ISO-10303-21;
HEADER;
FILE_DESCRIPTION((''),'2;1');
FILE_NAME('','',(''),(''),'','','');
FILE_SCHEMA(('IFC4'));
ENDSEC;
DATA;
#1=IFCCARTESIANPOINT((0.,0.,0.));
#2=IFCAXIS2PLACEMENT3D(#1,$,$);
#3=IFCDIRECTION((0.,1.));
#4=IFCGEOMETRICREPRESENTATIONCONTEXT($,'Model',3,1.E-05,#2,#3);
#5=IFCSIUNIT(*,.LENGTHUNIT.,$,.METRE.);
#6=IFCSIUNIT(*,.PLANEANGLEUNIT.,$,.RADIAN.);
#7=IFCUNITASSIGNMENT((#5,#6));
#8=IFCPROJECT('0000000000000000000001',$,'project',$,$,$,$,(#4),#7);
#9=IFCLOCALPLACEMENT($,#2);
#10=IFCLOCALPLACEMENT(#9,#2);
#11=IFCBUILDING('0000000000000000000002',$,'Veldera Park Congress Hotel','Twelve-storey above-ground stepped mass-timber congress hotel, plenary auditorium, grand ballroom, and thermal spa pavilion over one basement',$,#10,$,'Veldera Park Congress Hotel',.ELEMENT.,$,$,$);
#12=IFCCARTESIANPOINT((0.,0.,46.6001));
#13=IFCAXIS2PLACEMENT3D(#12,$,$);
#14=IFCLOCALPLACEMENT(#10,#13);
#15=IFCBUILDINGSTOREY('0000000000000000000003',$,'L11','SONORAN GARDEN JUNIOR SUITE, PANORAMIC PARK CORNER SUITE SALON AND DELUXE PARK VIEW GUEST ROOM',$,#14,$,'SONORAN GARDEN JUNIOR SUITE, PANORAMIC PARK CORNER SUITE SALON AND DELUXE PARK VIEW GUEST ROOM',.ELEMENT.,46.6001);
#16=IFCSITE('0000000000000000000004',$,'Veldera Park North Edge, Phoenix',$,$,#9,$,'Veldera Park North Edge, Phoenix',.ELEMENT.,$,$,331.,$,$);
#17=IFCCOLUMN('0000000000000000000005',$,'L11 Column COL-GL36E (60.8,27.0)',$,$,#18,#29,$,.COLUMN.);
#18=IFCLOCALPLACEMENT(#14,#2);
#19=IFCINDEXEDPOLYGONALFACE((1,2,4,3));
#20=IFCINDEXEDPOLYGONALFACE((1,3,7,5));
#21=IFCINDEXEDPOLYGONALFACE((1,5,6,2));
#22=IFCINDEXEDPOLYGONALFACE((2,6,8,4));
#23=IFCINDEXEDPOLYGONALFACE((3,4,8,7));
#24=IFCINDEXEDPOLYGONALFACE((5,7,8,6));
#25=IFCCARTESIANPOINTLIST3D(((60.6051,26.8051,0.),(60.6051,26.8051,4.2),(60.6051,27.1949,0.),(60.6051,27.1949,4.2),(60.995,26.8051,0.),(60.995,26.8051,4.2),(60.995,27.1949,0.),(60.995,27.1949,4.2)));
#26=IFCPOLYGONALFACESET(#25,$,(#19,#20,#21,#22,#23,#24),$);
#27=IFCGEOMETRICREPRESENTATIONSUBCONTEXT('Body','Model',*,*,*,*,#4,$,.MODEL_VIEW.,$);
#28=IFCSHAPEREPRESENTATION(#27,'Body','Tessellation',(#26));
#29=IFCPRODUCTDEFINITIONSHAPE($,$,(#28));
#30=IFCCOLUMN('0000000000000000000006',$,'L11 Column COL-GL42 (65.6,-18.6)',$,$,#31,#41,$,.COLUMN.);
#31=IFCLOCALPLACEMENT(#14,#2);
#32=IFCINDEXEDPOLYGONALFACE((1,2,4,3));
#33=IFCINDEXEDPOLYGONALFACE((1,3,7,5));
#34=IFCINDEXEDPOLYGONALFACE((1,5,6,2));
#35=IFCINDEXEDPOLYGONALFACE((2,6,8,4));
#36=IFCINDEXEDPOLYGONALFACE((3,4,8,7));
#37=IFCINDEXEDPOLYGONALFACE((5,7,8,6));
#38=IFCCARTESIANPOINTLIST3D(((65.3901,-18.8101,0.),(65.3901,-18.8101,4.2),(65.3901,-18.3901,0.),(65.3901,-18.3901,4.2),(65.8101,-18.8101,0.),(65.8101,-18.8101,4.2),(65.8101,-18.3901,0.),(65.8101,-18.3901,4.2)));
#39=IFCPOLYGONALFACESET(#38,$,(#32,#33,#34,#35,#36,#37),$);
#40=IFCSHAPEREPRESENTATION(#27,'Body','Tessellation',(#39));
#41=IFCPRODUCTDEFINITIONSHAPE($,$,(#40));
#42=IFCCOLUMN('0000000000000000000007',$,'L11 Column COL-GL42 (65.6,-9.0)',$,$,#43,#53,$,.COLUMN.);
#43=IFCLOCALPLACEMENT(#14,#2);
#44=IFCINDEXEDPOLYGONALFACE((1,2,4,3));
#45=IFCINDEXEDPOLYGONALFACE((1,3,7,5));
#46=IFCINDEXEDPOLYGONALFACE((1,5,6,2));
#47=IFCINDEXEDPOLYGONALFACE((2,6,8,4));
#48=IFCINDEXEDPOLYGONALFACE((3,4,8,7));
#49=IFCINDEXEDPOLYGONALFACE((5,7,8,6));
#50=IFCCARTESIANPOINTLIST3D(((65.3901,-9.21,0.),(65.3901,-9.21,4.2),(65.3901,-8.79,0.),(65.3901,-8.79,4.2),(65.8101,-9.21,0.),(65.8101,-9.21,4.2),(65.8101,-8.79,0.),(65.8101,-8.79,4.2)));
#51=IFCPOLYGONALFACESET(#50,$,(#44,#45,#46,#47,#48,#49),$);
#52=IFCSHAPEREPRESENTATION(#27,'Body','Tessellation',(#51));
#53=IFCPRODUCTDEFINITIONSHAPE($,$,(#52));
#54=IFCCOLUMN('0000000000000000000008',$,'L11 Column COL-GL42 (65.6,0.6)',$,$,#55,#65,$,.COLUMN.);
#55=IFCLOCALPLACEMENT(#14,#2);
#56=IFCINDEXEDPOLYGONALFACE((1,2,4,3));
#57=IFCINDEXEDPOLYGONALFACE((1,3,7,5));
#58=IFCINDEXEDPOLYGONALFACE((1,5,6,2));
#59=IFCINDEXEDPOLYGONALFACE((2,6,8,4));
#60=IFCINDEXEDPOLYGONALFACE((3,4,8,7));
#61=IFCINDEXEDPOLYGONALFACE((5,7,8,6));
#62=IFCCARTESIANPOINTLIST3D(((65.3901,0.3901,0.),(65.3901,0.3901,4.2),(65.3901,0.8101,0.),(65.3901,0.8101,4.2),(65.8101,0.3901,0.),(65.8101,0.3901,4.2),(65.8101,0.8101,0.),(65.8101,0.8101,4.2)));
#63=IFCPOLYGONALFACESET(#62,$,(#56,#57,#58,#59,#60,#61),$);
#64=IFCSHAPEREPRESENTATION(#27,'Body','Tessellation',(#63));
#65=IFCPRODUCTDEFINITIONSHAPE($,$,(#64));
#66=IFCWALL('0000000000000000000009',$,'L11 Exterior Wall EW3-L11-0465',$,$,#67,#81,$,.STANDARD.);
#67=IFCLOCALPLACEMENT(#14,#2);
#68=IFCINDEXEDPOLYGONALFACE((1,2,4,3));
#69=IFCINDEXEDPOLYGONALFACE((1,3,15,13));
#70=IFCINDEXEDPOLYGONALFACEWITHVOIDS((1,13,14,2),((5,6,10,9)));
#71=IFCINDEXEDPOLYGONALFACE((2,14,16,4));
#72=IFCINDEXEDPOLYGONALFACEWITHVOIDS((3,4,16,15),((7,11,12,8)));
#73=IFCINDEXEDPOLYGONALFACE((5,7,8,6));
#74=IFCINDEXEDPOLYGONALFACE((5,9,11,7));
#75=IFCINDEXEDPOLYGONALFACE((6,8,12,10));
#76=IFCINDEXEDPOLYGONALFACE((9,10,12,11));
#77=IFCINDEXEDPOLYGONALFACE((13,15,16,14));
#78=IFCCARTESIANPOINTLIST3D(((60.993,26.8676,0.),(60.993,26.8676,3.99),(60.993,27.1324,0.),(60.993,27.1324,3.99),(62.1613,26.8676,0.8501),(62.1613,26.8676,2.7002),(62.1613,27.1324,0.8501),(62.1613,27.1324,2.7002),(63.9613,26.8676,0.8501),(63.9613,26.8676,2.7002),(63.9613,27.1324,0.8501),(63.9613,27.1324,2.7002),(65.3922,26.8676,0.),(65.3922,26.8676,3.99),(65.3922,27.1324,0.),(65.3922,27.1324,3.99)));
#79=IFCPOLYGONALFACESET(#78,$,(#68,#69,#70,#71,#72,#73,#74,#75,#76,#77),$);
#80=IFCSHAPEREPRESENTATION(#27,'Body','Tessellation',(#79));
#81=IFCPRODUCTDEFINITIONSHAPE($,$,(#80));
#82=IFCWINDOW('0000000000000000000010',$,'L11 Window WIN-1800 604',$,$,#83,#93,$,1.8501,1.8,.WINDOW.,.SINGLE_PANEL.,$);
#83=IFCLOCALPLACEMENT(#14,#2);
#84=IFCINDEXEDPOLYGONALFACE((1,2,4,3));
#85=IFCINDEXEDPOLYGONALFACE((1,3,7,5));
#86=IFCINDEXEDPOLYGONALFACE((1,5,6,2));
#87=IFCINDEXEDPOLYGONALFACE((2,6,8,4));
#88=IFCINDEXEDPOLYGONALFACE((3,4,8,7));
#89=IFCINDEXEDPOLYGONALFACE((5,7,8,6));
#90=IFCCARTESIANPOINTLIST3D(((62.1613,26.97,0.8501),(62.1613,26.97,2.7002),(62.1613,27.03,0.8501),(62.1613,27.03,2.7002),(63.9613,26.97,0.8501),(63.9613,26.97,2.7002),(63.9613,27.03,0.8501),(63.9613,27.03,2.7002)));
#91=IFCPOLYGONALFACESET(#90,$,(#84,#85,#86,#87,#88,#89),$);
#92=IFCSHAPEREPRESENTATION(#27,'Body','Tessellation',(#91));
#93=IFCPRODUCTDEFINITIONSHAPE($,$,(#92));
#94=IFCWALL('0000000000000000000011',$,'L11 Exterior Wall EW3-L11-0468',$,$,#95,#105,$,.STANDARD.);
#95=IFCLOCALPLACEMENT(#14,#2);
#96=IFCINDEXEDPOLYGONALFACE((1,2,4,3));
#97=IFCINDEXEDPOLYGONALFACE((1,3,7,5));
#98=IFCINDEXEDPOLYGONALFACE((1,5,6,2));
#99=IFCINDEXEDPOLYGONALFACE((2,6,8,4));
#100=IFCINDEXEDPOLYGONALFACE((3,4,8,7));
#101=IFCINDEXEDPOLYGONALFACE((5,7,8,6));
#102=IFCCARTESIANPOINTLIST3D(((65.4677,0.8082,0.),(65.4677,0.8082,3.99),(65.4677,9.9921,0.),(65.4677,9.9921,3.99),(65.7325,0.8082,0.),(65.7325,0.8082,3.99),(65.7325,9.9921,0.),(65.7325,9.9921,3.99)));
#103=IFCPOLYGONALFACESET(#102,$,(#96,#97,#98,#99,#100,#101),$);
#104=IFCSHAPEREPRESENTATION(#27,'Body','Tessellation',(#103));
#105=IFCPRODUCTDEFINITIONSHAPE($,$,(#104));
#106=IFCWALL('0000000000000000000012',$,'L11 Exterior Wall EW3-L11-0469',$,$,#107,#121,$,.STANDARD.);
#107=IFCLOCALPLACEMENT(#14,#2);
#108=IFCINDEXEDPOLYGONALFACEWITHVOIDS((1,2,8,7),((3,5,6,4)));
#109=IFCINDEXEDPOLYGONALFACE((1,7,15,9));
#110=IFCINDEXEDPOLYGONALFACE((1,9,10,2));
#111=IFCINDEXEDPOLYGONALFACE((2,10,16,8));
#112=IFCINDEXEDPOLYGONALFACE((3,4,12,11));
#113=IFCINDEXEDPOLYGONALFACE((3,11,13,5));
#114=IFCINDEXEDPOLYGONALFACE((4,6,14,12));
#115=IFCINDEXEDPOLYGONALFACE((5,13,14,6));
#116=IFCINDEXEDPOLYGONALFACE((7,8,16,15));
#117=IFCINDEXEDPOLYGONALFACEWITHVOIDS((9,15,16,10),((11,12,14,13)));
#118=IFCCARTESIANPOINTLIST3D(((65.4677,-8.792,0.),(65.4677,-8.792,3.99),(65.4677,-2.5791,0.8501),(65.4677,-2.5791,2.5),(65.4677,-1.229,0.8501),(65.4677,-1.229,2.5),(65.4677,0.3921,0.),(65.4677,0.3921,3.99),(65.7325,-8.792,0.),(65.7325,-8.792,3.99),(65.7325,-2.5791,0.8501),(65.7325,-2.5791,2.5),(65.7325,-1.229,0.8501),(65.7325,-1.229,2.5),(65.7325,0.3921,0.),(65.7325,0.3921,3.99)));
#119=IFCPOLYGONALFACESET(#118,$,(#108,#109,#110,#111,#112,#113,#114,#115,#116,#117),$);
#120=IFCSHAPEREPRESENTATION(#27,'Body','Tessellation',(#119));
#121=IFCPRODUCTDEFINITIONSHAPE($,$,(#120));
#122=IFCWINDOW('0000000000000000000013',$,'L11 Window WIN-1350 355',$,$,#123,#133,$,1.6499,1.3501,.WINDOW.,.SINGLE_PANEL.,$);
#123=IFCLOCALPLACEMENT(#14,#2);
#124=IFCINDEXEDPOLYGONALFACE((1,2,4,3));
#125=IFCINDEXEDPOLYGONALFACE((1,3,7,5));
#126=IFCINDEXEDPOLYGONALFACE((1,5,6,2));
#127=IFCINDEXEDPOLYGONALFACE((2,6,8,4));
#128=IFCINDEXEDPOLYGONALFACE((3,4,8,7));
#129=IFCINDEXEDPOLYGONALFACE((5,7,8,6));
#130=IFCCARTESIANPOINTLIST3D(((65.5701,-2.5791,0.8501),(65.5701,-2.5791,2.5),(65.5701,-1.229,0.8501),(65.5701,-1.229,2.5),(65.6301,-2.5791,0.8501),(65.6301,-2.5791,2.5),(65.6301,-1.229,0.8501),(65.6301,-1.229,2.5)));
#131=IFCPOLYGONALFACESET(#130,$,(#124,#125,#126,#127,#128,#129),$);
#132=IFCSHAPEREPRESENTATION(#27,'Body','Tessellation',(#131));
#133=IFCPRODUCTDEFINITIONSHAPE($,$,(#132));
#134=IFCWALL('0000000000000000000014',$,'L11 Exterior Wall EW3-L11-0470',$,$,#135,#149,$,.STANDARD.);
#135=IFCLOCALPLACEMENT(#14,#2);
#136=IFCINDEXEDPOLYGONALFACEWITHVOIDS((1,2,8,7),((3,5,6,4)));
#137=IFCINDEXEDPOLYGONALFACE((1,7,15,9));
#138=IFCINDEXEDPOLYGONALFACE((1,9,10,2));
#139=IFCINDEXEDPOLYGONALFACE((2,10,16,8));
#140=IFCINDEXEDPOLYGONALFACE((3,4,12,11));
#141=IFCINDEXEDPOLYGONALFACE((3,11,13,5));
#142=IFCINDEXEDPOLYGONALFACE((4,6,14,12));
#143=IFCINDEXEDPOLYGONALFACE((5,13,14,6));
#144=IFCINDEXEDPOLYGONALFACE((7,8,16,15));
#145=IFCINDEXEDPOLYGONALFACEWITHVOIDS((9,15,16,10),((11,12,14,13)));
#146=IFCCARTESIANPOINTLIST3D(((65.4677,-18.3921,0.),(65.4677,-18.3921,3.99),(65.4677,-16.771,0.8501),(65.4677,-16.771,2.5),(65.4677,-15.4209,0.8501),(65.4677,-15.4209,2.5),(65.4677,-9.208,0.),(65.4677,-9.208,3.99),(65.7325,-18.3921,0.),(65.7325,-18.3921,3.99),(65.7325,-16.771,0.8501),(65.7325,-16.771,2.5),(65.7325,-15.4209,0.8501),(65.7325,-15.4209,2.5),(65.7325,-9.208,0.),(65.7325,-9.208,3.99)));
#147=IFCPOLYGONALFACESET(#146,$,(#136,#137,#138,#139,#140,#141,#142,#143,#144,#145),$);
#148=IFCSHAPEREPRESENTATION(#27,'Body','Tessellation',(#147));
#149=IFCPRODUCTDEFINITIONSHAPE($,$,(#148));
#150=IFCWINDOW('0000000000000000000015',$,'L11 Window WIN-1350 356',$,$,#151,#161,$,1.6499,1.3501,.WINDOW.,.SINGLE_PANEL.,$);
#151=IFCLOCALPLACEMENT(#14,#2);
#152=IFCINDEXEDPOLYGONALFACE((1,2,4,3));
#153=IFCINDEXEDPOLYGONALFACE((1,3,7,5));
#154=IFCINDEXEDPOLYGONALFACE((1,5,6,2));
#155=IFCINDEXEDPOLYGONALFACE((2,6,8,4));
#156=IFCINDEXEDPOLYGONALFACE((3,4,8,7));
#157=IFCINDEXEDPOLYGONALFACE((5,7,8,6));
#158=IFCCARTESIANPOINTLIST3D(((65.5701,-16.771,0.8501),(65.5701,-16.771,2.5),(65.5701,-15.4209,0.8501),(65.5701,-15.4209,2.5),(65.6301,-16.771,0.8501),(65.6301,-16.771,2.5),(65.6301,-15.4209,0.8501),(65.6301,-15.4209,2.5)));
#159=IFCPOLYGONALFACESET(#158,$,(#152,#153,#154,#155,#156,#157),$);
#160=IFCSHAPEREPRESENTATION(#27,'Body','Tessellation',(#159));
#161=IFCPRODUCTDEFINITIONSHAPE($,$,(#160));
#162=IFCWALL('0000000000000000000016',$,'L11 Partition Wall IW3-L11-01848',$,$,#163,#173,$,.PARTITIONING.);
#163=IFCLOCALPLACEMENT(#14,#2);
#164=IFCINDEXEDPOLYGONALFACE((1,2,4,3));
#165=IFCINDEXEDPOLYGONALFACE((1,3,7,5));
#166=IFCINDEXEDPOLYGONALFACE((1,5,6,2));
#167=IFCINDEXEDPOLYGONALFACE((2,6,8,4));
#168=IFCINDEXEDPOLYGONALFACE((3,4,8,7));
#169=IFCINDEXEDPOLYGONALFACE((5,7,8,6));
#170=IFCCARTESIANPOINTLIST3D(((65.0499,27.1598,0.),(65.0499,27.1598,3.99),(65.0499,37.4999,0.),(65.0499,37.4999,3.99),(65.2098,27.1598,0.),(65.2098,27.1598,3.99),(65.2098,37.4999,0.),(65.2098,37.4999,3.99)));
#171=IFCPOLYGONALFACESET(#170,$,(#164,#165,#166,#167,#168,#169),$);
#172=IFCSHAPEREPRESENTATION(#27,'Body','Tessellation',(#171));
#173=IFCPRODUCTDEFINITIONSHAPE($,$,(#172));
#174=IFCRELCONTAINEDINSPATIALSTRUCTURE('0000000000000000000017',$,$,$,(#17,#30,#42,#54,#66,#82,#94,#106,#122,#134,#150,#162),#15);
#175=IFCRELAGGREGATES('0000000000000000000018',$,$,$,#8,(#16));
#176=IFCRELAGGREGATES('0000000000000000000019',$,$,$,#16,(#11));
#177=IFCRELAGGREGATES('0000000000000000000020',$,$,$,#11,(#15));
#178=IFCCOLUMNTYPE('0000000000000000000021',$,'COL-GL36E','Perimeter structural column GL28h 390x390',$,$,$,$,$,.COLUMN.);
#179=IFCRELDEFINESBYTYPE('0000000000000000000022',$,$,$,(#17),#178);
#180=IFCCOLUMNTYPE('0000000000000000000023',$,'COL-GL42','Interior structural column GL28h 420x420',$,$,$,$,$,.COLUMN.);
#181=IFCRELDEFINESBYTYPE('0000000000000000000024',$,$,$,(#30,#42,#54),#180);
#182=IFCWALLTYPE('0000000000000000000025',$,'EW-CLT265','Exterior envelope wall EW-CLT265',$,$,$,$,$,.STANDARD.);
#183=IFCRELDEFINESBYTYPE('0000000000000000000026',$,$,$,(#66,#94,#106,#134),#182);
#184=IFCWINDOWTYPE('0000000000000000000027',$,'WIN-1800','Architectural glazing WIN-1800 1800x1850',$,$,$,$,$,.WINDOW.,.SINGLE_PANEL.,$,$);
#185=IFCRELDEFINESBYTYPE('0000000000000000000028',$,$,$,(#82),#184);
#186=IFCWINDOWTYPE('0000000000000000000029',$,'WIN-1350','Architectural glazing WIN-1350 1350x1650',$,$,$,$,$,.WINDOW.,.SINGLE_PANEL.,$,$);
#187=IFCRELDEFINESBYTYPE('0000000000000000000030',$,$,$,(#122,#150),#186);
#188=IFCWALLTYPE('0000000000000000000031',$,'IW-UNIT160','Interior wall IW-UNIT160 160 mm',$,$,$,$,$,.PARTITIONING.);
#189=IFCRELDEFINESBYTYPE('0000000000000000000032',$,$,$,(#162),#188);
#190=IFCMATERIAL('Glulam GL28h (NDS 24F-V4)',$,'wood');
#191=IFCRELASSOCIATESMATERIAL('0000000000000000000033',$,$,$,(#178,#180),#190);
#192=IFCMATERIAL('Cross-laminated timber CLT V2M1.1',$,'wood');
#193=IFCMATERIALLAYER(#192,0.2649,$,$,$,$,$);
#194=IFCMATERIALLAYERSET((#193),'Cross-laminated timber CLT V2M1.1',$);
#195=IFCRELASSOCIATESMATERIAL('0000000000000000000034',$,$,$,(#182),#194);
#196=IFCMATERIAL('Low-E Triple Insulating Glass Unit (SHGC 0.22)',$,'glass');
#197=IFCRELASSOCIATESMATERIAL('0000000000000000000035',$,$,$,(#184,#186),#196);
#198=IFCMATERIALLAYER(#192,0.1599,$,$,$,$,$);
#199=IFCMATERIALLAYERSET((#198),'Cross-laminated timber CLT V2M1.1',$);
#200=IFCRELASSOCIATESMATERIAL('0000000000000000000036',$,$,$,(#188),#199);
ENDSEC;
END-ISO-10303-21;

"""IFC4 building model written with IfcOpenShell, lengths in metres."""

from ifc_helpers import new_model, si_unit, direction, frame, frame_2d, origin, origin_2d, place, context, subcontext, project, spatial, rectangle, extrude, material, layer, layer_set, material_profile, profile_set, type_object, element, fill, save


model = new_model("IFC4")

# Units and contexts
model_context = context("Model", 3, precision=1e-05, world=origin(), true_north=direction((0.0, 1.0)))
body_context = subcontext(model_context, "Body", "Model", "MODEL_VIEW")
ifc_project = project(units=[si_unit("LENGTHUNIT", "METRE"), si_unit("PLANEANGLEUNIT", "RADIAN")], contexts=[model_context])

# Site, building, storey
site_placement = place(None, origin())
site = spatial("IfcSite", under=ifc_project, at=site_placement, Name="Veldera Park North Edge, Phoenix", LongName="Veldera Park North Edge, Phoenix", CompositionType="ELEMENT", RefElevation=331.0)
building_placement = place(site_placement, origin())
building = spatial("IfcBuilding", under=site, at=building_placement, Name="Veldera Park Congress Hotel", Description="Twelve-storey above-ground stepped mass-timber congress hotel, plenary auditorium, grand ballroom, and thermal spa pavilion over one basement", LongName="Veldera Park Congress Hotel", CompositionType="ELEMENT")
storey_placement = place(building_placement, frame((0.0, 0.0, 46.6001)))
storey = spatial("IfcBuildingStorey", under=building, at=storey_placement, Name="L11", Description="SONORAN GARDEN JUNIOR SUITE, PANORAMIC PARK CORNER SUITE SALON AND DELUXE PARK VIEW GUEST ROOM", LongName="SONORAN GARDEN JUNIOR SUITE, PANORAMIC PARK CORNER SUITE SALON AND DELUXE PARK VIEW GUEST ROOM", CompositionType="ELEMENT", Elevation=46.6001)

# Columns
ifc_material_1 = material(Name="Glulam GL28h (NDS 24F-V4)", Category="wood")
ifc_material_profile_1 = material_profile(ifc_material_1, rectangle(XDim=0.3899, YDim=0.3899, at=origin_2d()), Name="GL28h 390x390")
ifc_profile_set_1 = profile_set([ifc_material_profile_1], Name="Glulam GL28h (NDS 24F-V4)")
column_type_1 = type_object("IfcColumnType", Name="COL-GL36E", Description="Perimeter structural column GL28h 390x390", PredefinedType="COLUMN", material=ifc_profile_set_1)
column_placement = place(storey_placement, frame((60.8, 27.0, 0.0), z_axis=(0.0, 0.0, 1.0), x_axis=(1.0, 0.0, 0.0)))
element("IfcColumn", 1, at=column_placement, inside=storey, type_object=column_type_1, Name="L11 Column COL-GL36E (60.8,27.0)", PredefinedType="COLUMN", context=body_context, shape_type="SweptSolid", body=[
    extrude(rectangle(XDim=0.3899, YDim=0.3899, at=origin_2d()), origin(), (0.0, 0.0, 1.0), 4.2),
])
ifc_material_profile_2 = material_profile(ifc_material_1, rectangle(XDim=0.4199, YDim=0.4199, at=origin_2d()), Name="GL28h 420x420")
ifc_profile_set_2 = profile_set([ifc_material_profile_2], Name="Glulam GL28h (NDS 24F-V4)")
column_type_2 = type_object("IfcColumnType", Name="COL-GL42", Description="Interior structural column GL28h 420x420", PredefinedType="COLUMN", material=ifc_profile_set_2)
for number, where, z_axis, x_axis, name in (
    (2, (65.6001, -18.6001, 0.0), (0.0, 0.0, 1.0), (1.0, 0.0, 0.0), "L11 Column COL-GL42 (65.6,-18.6)"),
    (3, (65.6001, -9.0, 0.0), (0.0, 0.0, 1.0), (1.0, 0.0, 0.0), "L11 Column COL-GL42 (65.6,-9.0)"),
    (4, (65.6001, 0.6001, 0.0), (0.0, 0.0, 1.0), (1.0, 0.0, 0.0), "L11 Column COL-GL42 (65.6,0.6)"),
):
    element("IfcColumn", number, at=place(storey_placement, frame(where, z_axis=z_axis, x_axis=x_axis)), inside=storey, type_object=column_type_2, Name=name, PredefinedType="COLUMN", context=body_context, shape_type="SweptSolid", body=[
        extrude(rectangle(XDim=0.4199, YDim=0.4199, at=origin_2d()), origin(), (0.0, 0.0, 1.0), 4.2),
    ])

# Wall, opening, window
ifc_material_2 = material(Name="Cross-laminated timber CLT V2M1.1", Category="wood")
ifc_layer_1 = layer(ifc_material_2, 0.2649)
ifc_layer_set_1 = layer_set([ifc_layer_1], Name="Cross-laminated timber CLT V2M1.1")
wall_type_1 = type_object("IfcWallType", Name="EW-CLT265", Description="Exterior envelope wall EW-CLT265", PredefinedType="STANDARD", material=ifc_layer_set_1)
wall_1_placement = place(storey_placement, frame((60.9929, 27.0, 0.0), z_axis=(0.0, 0.0, 1.0), x_axis=(1.0, 0.0, 0.0)))
wall_1 = element("IfcWall", 5, at=wall_1_placement, inside=storey, type_object=wall_type_1, Name="L11 Exterior Wall EW3-L11-0465", PredefinedType="STANDARD", context=body_context, shape_type="SweptSolid", body=[
    extrude(rectangle(XDim=4.3992, YDim=0.2649, at=frame_2d((2.1997, 0.0))), origin(), (0.0, 0.0, 1.0), 3.99),
])
opening_1_placement = place(wall_1_placement, frame((1.1685, 0.0, 0.8501)))
opening_1 = element("IfcOpeningElement", 6, at=opening_1_placement, cuts=wall_1, PredefinedType="OPENING", context=body_context, shape_type="SweptSolid", body=[
    extrude(rectangle(XDim=1.8, YDim=1.8501, at=frame_2d((0.8999, 0.925))), frame((0.0, 0.1445, 0.0), z_axis=(0.0, -1.0, 0.0), x_axis=(1.0, 0.0, 0.0)), (0.0, 0.0, 1.0), 0.2888),
])
ifc_material_3 = material(Name="Low-E Triple Insulating Glass Unit (SHGC 0.22)", Category="glass")
window_type_1 = type_object("IfcWindowType", Name="WIN-1800", Description="Architectural glazing WIN-1800 1800x1850", PartitioningType="SINGLE_PANEL", PredefinedType="WINDOW", material=ifc_material_3)
window_1_placement = place(opening_1_placement, origin())
window_1 = element("IfcWindow", 7, at=window_1_placement, inside=storey, type_object=window_type_1, Name="L11 Window WIN-1800 604", OverallHeight=1.8501, OverallWidth=1.8, PartitioningType="SINGLE_PANEL", PredefinedType="WINDOW", context=body_context, shape_type="SweptSolid", body=[
    extrude(rectangle(XDim=1.8, YDim=1.8501, at=frame_2d((0.8999, 0.925))), frame((0.0, 0.03, 0.0), z_axis=(0.0, -1.0, 0.0), x_axis=(1.0, 0.0, 0.0)), (0.0, 0.0, 1.0), 0.0601),
])
fill(opening_1, window_1)

# Wall
wall_2_placement = place(storey_placement, frame((65.6001, 9.9919, 0.0), z_axis=(0.0, 0.0, 1.0), x_axis=(0.0, -1.0, 0.0)))
element("IfcWall", 8, at=wall_2_placement, inside=storey, type_object=wall_type_1, Name="L11 Exterior Wall EW3-L11-0468", PredefinedType="STANDARD", context=body_context, shape_type="SweptSolid", body=[
    extrude(rectangle(XDim=9.1838, YDim=0.2649, at=frame_2d((4.5918, 0.0))), origin(), (0.0, 0.0, 1.0), 3.99),
])

# Walls, openings, windows
wall_3_placement = place(storey_placement, frame((65.6001, 0.3921, 0.0), z_axis=(0.0, 0.0, 1.0), x_axis=(0.0, -1.0, 0.0)))
wall_3 = element("IfcWall", 9, at=wall_3_placement, inside=storey, type_object=wall_type_1, Name="L11 Exterior Wall EW3-L11-0469", PredefinedType="STANDARD", context=body_context, shape_type="SweptSolid", body=[
    extrude(rectangle(XDim=9.1841, YDim=0.2649, at=frame_2d((4.592, 0.0))), origin(), (0.0, 0.0, 1.0), 3.99),
])
opening_2_placement = place(wall_3_placement, frame((1.6211, 0.0, 0.8501)))
opening_2 = element("IfcOpeningElement", 10, at=opening_2_placement, cuts=wall_3, PredefinedType="OPENING", context=body_context, shape_type="SweptSolid", body=[
    extrude(rectangle(XDim=1.3501, YDim=1.6499, at=frame_2d((0.675, 0.825))), frame((0.0, 0.1445, 0.0), z_axis=(0.0, -1.0, 0.0), x_axis=(1.0, 0.0, 0.0)), (0.0, 0.0, 1.0), 0.2888),
])
window_type_2 = type_object("IfcWindowType", Name="WIN-1350", Description="Architectural glazing WIN-1350 1350x1650", PartitioningType="SINGLE_PANEL", PredefinedType="WINDOW", material=ifc_material_3)
window_2_placement = place(opening_2_placement, origin())
window_2 = element("IfcWindow", 11, at=window_2_placement, inside=storey, type_object=window_type_2, Name="L11 Window WIN-1350 355", OverallHeight=1.6499, OverallWidth=1.3501, PartitioningType="SINGLE_PANEL", PredefinedType="WINDOW", context=body_context, shape_type="SweptSolid", body=[
    extrude(rectangle(XDim=1.3501, YDim=1.6499, at=frame_2d((0.675, 0.825))), frame((0.0, 0.03, 0.0), z_axis=(0.0, -1.0, 0.0), x_axis=(1.0, 0.0, 0.0)), (0.0, 0.0, 1.0), 0.0601),
])
fill(opening_2, window_2)
wall_4_placement = place(storey_placement, frame((65.6001, -9.208, 0.0), z_axis=(0.0, 0.0, 1.0), x_axis=(0.0, -1.0, 0.0)))
wall_4 = element("IfcWall", 12, at=wall_4_placement, inside=storey, type_object=wall_type_1, Name="L11 Exterior Wall EW3-L11-0470", PredefinedType="STANDARD", context=body_context, shape_type="SweptSolid", body=[
    extrude(rectangle(XDim=9.1841, YDim=0.2649, at=frame_2d((4.592, 0.0))), origin(), (0.0, 0.0, 1.0), 3.99),
])
opening_3_placement = place(wall_4_placement, frame((6.2129, 0.0, 0.8501)))
opening_3 = element("IfcOpeningElement", 13, at=opening_3_placement, cuts=wall_4, PredefinedType="OPENING", context=body_context, shape_type="SweptSolid", body=[
    extrude(rectangle(XDim=1.3501, YDim=1.6499, at=frame_2d((0.675, 0.825))), frame((0.0, 0.1445, 0.0), z_axis=(0.0, -1.0, 0.0), x_axis=(1.0, 0.0, 0.0)), (0.0, 0.0, 1.0), 0.2888),
])
window_3_placement = place(opening_3_placement, origin())
window_3 = element("IfcWindow", 14, at=window_3_placement, inside=storey, type_object=window_type_2, Name="L11 Window WIN-1350 356", OverallHeight=1.6499, OverallWidth=1.3501, PartitioningType="SINGLE_PANEL", PredefinedType="WINDOW", context=body_context, shape_type="SweptSolid", body=[
    extrude(rectangle(XDim=1.3501, YDim=1.6499, at=frame_2d((0.675, 0.825))), frame((0.0, 0.03, 0.0), z_axis=(0.0, -1.0, 0.0), x_axis=(1.0, 0.0, 0.0)), (0.0, 0.0, 1.0), 0.0601),
])
fill(opening_3, window_3)

# Wall
ifc_layer_2 = layer(ifc_material_2, 0.1599)
ifc_layer_set_2 = layer_set([ifc_layer_2], Name="Cross-laminated timber CLT V2M1.1")
wall_type_2 = type_object("IfcWallType", Name="IW-UNIT160", Description="Interior wall IW-UNIT160 160 mm", PredefinedType="PARTITIONING", material=ifc_layer_set_2)
wall_5_placement = place(storey_placement, frame((65.1299, 27.1599, 0.0), z_axis=(0.0, 0.0, 1.0), x_axis=(0.0, 1.0, 0.0)))
element("IfcWall", 15, at=wall_5_placement, inside=storey, type_object=wall_type_2, Name="L11 Partition Wall IW3-L11-01848", PredefinedType="PARTITIONING", context=body_context, shape_type="SweptSolid", body=[
    extrude(rectangle(XDim=10.3401, YDim=0.1599, at=frame_2d((5.1699, 0.0))), origin(), (0.0, 0.0, 1.0), 3.99),
])

save(model, "model.ifc")
